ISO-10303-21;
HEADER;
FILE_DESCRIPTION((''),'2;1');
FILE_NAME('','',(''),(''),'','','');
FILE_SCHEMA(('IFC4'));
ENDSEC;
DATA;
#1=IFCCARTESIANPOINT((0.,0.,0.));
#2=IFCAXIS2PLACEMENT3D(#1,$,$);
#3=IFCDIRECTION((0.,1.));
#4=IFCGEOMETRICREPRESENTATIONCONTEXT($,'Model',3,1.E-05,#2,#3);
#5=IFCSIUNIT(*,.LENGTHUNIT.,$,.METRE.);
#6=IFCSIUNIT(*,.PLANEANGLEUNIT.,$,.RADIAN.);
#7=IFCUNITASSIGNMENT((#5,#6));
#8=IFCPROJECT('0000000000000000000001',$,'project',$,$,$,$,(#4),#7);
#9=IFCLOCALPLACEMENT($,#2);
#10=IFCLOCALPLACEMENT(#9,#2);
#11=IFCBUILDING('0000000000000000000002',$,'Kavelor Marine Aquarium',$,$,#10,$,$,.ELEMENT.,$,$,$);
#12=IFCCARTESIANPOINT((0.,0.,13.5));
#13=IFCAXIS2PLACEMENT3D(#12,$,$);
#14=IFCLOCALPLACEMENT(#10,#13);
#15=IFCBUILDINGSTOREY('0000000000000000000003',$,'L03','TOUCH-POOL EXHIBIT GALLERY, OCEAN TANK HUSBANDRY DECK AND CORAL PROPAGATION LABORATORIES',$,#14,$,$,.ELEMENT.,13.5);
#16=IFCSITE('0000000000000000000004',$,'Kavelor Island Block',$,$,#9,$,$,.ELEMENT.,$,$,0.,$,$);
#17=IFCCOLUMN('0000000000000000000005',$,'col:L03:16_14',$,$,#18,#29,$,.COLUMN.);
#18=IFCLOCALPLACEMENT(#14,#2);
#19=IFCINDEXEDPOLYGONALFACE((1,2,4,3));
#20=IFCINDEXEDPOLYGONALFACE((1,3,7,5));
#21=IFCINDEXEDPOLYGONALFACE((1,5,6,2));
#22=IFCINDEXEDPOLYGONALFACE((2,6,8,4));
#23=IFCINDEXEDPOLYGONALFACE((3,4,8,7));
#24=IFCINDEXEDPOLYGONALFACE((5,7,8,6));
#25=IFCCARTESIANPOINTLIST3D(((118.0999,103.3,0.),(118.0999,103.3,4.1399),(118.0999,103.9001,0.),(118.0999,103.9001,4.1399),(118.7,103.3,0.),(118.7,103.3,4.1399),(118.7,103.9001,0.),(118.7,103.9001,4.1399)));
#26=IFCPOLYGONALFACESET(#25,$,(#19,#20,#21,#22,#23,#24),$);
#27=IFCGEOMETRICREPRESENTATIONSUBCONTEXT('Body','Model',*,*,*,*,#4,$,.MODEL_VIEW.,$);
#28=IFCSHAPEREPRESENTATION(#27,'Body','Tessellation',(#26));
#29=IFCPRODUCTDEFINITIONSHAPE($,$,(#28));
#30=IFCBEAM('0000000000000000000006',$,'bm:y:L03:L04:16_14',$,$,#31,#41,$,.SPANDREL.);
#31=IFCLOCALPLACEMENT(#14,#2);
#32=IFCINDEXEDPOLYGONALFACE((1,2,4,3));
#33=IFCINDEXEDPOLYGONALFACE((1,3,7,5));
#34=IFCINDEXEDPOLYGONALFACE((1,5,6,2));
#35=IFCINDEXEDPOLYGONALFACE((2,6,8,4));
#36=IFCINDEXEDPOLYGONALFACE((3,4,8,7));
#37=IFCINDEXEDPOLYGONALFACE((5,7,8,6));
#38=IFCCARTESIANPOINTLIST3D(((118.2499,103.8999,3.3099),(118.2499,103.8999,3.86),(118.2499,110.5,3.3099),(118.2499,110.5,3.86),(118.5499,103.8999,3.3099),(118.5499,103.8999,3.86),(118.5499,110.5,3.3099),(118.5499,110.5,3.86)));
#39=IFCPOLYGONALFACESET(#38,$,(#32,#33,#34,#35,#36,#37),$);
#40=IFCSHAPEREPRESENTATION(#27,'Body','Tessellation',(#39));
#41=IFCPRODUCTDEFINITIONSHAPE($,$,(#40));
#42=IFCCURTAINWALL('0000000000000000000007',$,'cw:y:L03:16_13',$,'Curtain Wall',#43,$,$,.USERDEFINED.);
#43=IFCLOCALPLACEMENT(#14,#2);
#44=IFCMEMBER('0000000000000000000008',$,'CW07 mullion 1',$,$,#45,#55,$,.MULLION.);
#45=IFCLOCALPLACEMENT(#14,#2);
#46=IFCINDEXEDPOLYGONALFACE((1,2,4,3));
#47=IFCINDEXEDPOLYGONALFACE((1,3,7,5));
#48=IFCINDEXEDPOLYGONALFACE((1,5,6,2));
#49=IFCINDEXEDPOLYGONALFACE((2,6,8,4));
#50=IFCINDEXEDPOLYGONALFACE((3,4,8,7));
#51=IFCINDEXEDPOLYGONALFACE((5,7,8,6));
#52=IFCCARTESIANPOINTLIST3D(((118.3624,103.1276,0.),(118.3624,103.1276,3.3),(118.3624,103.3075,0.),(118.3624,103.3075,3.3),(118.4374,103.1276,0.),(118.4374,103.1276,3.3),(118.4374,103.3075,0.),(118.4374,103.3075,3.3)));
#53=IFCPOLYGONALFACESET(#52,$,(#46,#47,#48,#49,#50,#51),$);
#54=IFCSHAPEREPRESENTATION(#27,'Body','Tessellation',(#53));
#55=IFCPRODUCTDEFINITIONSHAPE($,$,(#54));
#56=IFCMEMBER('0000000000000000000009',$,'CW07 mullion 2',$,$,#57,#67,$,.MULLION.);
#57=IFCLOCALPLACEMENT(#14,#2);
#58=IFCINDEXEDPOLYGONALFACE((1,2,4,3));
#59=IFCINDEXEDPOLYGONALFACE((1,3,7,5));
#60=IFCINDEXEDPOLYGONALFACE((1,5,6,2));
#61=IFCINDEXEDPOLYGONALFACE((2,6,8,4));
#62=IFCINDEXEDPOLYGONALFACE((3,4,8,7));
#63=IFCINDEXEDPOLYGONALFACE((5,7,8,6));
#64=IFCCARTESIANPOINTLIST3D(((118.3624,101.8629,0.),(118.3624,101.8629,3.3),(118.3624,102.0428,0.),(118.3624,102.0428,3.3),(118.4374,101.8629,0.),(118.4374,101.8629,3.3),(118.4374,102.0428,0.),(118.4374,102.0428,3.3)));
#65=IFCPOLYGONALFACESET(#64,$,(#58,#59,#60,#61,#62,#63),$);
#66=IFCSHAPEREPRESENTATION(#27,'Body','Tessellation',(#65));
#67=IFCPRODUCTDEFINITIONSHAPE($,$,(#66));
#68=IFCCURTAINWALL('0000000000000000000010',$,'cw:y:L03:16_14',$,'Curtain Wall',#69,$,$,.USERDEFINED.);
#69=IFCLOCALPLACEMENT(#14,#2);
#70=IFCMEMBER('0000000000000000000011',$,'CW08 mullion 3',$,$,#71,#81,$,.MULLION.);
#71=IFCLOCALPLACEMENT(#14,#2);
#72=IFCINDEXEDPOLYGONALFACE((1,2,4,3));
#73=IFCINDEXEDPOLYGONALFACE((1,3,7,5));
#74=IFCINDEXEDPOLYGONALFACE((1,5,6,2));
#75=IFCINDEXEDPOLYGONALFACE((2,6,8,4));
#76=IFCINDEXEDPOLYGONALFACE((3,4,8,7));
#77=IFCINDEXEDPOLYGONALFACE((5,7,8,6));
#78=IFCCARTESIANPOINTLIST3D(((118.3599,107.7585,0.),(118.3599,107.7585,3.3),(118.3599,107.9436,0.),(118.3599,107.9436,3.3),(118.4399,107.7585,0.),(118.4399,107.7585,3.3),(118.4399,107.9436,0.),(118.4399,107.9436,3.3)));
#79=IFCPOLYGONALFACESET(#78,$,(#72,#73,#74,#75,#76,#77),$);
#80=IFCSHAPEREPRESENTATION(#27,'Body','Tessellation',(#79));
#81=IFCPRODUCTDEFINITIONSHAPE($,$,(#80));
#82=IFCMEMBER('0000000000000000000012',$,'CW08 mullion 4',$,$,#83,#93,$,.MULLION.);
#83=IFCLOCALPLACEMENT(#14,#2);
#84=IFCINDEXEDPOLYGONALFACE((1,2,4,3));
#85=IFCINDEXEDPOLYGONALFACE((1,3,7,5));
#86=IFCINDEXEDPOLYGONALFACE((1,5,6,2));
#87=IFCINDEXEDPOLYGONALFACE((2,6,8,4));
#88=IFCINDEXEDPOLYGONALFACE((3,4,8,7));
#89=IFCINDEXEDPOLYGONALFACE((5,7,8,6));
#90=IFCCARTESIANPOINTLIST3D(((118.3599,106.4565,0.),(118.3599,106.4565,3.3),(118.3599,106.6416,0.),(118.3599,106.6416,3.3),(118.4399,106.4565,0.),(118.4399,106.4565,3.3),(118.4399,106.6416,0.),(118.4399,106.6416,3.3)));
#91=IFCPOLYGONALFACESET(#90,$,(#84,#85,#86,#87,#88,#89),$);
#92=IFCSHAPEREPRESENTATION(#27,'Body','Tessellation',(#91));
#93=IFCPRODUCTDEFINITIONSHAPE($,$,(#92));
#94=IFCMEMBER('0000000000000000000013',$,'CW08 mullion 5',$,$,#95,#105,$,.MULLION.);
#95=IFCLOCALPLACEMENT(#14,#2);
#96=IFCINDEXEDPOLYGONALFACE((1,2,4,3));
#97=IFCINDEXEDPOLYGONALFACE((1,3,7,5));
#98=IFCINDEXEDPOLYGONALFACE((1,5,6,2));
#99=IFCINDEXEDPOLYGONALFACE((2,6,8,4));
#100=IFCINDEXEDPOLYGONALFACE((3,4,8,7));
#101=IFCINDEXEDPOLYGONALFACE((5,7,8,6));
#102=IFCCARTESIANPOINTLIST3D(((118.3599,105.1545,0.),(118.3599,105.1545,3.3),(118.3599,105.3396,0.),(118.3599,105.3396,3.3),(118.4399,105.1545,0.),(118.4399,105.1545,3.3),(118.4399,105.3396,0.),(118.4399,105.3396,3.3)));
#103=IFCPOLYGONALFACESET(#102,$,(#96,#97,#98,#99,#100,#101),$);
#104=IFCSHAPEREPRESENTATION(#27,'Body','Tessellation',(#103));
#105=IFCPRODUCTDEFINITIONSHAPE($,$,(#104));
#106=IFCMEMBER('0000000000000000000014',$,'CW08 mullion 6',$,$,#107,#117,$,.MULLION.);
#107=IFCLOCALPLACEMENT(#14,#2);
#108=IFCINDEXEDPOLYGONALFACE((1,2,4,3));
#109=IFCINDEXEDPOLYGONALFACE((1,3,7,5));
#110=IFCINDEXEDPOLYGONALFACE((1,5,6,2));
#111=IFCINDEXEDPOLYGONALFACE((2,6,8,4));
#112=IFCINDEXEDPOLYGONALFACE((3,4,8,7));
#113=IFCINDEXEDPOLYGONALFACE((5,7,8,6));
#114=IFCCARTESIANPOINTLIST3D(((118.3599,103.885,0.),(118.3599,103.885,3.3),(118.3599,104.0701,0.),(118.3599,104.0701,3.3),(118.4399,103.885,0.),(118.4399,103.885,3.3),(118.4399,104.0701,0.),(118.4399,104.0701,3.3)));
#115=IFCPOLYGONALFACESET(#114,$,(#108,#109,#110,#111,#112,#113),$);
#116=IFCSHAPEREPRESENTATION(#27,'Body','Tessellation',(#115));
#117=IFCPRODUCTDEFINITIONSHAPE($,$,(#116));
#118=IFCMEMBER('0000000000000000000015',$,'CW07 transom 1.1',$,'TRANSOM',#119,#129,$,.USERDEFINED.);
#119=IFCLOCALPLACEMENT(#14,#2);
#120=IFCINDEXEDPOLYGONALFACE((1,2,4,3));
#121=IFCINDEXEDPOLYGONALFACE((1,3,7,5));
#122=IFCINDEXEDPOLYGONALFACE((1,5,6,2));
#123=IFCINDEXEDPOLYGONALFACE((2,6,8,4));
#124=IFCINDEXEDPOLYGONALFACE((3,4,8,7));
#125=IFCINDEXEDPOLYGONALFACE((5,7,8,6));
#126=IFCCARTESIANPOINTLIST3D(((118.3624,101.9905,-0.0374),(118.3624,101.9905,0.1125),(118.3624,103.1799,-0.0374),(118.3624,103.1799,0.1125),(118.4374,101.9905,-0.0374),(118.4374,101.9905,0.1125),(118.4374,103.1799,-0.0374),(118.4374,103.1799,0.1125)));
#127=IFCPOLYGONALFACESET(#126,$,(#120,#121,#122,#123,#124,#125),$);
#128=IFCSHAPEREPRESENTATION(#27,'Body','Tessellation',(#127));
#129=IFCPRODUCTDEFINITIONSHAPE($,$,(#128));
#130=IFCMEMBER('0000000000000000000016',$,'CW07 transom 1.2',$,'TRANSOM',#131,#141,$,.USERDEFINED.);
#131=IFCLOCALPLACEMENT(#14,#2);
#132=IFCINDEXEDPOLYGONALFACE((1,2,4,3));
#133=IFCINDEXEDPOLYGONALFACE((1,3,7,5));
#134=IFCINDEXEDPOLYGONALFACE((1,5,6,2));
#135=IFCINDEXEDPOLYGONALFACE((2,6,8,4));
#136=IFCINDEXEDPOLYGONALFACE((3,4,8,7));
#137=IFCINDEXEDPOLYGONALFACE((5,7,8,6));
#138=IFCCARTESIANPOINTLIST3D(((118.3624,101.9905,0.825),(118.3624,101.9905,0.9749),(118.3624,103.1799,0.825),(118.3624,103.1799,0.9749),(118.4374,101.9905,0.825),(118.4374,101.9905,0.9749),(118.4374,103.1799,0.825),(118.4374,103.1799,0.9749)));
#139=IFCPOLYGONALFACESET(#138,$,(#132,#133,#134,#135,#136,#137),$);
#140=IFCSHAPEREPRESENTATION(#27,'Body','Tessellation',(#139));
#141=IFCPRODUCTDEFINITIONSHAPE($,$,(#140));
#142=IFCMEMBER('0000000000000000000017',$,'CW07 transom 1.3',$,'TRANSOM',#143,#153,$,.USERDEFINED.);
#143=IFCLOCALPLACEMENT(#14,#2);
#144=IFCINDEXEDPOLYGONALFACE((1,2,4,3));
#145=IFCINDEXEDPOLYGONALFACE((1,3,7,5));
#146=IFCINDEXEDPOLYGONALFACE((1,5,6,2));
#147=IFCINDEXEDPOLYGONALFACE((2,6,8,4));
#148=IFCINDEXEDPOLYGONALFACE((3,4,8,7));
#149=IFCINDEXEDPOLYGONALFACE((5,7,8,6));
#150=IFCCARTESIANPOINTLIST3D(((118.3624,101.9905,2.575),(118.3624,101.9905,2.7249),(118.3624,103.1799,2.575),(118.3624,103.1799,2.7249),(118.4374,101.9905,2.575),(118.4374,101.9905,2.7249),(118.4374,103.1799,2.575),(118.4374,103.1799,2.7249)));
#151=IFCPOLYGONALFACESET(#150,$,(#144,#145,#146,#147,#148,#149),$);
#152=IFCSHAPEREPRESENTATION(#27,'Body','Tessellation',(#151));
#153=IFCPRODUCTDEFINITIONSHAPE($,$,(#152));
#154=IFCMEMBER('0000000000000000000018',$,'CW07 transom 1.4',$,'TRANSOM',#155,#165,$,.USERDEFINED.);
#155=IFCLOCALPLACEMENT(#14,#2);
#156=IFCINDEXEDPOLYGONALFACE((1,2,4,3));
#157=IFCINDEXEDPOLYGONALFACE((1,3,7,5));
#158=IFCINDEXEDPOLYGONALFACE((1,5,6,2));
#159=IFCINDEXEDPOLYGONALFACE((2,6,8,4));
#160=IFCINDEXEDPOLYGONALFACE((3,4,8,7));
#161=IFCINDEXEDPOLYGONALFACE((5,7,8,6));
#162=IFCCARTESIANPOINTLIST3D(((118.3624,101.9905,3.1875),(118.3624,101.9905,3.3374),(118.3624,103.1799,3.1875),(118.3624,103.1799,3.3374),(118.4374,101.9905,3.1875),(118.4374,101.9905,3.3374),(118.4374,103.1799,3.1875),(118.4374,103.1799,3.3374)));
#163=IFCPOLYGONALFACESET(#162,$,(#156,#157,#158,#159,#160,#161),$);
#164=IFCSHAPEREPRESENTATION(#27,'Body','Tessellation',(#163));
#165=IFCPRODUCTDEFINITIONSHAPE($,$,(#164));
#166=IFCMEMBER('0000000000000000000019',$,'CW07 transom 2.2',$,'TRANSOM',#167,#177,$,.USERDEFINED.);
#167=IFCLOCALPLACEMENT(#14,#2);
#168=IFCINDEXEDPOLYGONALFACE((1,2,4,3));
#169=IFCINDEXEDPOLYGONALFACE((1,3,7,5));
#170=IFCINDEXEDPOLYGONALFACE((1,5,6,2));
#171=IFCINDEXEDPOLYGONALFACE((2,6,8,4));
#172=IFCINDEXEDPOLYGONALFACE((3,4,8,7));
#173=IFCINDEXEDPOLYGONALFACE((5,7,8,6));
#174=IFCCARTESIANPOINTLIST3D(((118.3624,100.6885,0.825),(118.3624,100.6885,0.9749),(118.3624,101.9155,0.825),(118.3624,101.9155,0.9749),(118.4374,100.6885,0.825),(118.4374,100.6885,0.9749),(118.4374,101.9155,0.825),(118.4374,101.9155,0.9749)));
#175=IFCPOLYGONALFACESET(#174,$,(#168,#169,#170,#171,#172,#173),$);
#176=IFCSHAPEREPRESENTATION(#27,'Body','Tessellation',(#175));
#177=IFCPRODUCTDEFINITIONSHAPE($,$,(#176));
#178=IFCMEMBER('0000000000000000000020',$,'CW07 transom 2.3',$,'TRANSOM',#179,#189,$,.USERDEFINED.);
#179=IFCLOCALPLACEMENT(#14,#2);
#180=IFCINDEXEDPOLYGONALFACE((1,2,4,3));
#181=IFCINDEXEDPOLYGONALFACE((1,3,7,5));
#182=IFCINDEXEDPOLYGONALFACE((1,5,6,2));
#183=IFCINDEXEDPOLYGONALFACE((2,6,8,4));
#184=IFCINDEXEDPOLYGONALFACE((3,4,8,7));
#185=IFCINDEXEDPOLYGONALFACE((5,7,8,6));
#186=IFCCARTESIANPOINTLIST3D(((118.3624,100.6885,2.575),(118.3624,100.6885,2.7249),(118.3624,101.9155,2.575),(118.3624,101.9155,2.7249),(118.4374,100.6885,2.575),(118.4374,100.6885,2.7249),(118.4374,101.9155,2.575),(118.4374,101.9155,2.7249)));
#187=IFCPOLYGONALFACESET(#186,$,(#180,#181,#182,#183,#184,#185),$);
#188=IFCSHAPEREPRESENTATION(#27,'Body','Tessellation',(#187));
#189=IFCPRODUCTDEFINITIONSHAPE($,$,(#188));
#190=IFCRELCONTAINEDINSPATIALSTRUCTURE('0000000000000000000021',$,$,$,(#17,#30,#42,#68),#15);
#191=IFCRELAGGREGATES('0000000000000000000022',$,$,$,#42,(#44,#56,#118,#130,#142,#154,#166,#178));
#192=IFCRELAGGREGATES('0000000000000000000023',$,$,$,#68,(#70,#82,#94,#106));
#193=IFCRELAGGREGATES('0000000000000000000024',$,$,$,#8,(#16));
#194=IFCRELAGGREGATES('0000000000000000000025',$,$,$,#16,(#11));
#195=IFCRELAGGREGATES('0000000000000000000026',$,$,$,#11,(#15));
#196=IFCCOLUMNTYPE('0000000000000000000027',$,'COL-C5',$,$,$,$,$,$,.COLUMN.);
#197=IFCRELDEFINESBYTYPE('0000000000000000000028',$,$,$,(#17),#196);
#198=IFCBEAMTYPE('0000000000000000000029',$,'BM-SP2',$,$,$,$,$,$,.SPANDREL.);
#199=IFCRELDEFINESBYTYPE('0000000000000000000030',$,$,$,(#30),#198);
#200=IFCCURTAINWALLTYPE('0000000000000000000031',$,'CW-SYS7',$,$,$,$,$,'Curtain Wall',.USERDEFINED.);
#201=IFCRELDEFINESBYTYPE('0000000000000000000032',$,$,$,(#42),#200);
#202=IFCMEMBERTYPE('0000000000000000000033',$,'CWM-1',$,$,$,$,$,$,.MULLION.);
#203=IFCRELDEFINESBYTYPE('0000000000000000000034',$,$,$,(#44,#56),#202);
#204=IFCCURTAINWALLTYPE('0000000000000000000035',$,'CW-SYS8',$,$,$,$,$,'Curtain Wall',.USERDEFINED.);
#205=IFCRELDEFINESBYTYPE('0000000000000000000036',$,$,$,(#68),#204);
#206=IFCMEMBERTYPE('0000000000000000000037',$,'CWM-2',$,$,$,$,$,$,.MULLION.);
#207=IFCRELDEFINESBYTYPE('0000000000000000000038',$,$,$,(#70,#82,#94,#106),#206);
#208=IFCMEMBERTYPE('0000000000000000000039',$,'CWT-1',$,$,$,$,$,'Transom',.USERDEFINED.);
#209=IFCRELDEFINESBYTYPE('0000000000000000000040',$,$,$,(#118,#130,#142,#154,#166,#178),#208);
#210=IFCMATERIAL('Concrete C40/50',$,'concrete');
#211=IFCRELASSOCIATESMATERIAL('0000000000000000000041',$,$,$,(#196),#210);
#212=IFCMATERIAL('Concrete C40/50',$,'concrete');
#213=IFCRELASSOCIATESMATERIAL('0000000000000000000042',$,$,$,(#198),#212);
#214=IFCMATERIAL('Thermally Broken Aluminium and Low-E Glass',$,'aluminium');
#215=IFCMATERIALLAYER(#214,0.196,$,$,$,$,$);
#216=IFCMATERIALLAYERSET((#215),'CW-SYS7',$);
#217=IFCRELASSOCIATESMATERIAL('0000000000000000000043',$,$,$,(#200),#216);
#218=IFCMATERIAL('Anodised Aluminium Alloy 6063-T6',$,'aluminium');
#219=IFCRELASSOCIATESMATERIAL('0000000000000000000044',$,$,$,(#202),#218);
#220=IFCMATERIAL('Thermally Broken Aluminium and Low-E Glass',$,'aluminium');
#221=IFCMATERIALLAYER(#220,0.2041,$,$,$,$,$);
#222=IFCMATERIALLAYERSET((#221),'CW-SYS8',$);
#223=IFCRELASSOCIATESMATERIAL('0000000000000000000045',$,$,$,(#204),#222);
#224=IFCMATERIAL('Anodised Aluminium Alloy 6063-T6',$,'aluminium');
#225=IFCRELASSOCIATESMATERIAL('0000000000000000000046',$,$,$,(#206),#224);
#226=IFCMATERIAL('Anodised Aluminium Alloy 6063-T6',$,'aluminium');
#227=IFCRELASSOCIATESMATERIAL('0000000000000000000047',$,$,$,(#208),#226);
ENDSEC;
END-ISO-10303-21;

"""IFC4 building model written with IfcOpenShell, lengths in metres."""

from ifc_helpers import new_model, si_unit, direction, frame, origin, origin_2d, place, context, subcontext, project, spatial, rectangle, extrude, material, layer, layer_set, material_profile, profile_set, type_object, element, aggregate, save


model = new_model("IFC4")

# Units and contexts
model_context = context("Model", 3, precision=1e-05, world=origin(), true_north=direction((0.0, 1.0)))
body_context = subcontext(model_context, "Body", "Model", "MODEL_VIEW")
ifc_project = project(units=[si_unit("LENGTHUNIT", "METRE"), si_unit("PLANEANGLEUNIT", "RADIAN")], contexts=[model_context])

# Site, building, storey
site_placement = place(None, origin())
site = spatial("IfcSite", under=ifc_project, at=site_placement, Name="Kavelor Island Block", CompositionType="ELEMENT", RefElevation=0.0)
building_placement = place(site_placement, origin())
building = spatial("IfcBuilding", under=site, at=building_placement, Name="Kavelor Marine Aquarium", CompositionType="ELEMENT")
storey_placement = place(building_placement, frame((0.0, 0.0, 13.5)))
storey = spatial("IfcBuildingStorey", under=building, at=storey_placement, Name="L03", Description="TOUCH-POOL EXHIBIT GALLERY, OCEAN TANK HUSBANDRY DECK AND CORAL PROPAGATION LABORATORIES", CompositionType="ELEMENT", Elevation=13.5)

# Column
ifc_material_1 = material(Name="Concrete C40/50", Category="concrete")
ifc_material_profile_1 = material_profile(ifc_material_1, rectangle(XDim=0.6001, YDim=0.6001, at=origin_2d()), Name="RC-COL 600x600")
ifc_profile_set_1 = profile_set([ifc_material_profile_1], Name="Concrete C40/50")
column_type = type_object("IfcColumnType", Name="COL-C5", PredefinedType="COLUMN", material=ifc_profile_set_1)
column_placement = place(storey_placement, frame((118.3999, 103.6001, 0.0), z_axis=(0.0, 0.0, 1.0), x_axis=(1.0, 0.0, 0.0)))
element("IfcColumn", 1, at=column_placement, inside=storey, type_object=column_type, Name="col:L03:16_14", PredefinedType="COLUMN", context=body_context, shape_type="SweptSolid", body=[
    extrude(rectangle(XDim=0.6001, YDim=0.6001, at=origin_2d()), origin(), (0.0, 0.0, 1.0), 4.1399),
])

# Beam
ifc_material_2 = material(Name="Concrete C40/50", Category="concrete")
ifc_material_profile_2 = material_profile(ifc_material_2, rectangle(XDim=0.3, YDim=0.55, at=origin_2d()), Name="RC-SP 300x550")
ifc_profile_set_2 = profile_set([ifc_material_profile_2], Name="Concrete C40/50")
beam_type = type_object("IfcBeamType", Name="BM-SP2", PredefinedType="SPANDREL", material=ifc_profile_set_2)
beam_placement = place(storey_placement, frame((118.3999, 103.8999, 3.585), z_axis=(0.0, 1.0, 0.0), x_axis=(-1.0, 0.0, 0.0)))
element("IfcBeam", 2, at=beam_placement, inside=storey, type_object=beam_type, Name="bm:y:L03:L04:16_14", PredefinedType="SPANDREL", context=body_context, shape_type="SweptSolid", body=[
    extrude(rectangle(XDim=0.3, YDim=0.55, at=origin_2d()), origin(), (0.0, 0.0, 1.0), 6.6001),
])

# Curtain walls, members
ifc_material_3 = material(Name="Thermally Broken Aluminium and Low-E Glass", Category="aluminium")
ifc_layer_1 = layer(ifc_material_3, 0.196)
ifc_layer_set_1 = layer_set([ifc_layer_1], Name="CW-SYS7")
curtain_wall_type_1 = type_object("IfcCurtainWallType", Name="CW-SYS7", ElementType="Curtain Wall", PredefinedType="USERDEFINED", material=ifc_layer_set_1)
curtain_wall_1_placement = place(storey_placement, origin())
curtain_wall_1 = element("IfcCurtainWall", 3, at=curtain_wall_1_placement, inside=storey, type_object=curtain_wall_type_1, Name="cw:y:L03:16_13", ObjectType="Curtain Wall", PredefinedType="USERDEFINED")
ifc_material_4 = material(Name="Anodised Aluminium Alloy 6063-T6", Category="aluminium")
ifc_material_profile_3 = material_profile(ifc_material_4, rectangle(XDim=0.075, YDim=0.1799, at=origin_2d()), Name="CW-MUL 75x180")
ifc_profile_set_3 = profile_set([ifc_material_profile_3], Name="Anodised Aluminium Alloy 6063-T6")
member_type_1 = type_object("IfcMemberType", Name="CWM-1", PredefinedType="MULLION", material=ifc_profile_set_3)
member_1_placement = place(storey_placement, frame((118.3999, 103.2175, 0.0), z_axis=(0.0, 0.0, 1.0), x_axis=(1.0, 0.0, 0.0)))
member_1 = element("IfcMember", 4, at=member_1_placement, type_object=member_type_1, Name="CW07 mullion 1", PredefinedType="MULLION", context=body_context, shape_type="SweptSolid", body=[
    extrude(rectangle(XDim=0.075, YDim=0.1799, at=origin_2d()), origin(), (0.0, 0.0, 1.0), 3.3),
])
member_2_placement = place(storey_placement, frame((118.3999, 101.9529, 0.0), z_axis=(0.0, 0.0, 1.0), x_axis=(1.0, 0.0, 0.0)))
member_2 = element("IfcMember", 5, at=member_2_placement, type_object=member_type_1, Name="CW07 mullion 2", PredefinedType="MULLION", context=body_context, shape_type="SweptSolid", body=[
    extrude(rectangle(XDim=0.075, YDim=0.1799, at=origin_2d()), origin(), (0.0, 0.0, 1.0), 3.3),
])
ifc_material_5 = material(Name="Thermally Broken Aluminium and Low-E Glass", Category="aluminium")
ifc_layer_2 = layer(ifc_material_5, 0.2041)
ifc_layer_set_2 = layer_set([ifc_layer_2], Name="CW-SYS8")
curtain_wall_type_2 = type_object("IfcCurtainWallType", Name="CW-SYS8", ElementType="Curtain Wall", PredefinedType="USERDEFINED", material=ifc_layer_set_2)
curtain_wall_2_placement = place(storey_placement, origin())
curtain_wall_2 = element("IfcCurtainWall", 6, at=curtain_wall_2_placement, inside=storey, type_object=curtain_wall_type_2, Name="cw:y:L03:16_14", ObjectType="Curtain Wall", PredefinedType="USERDEFINED")
ifc_material_6 = material(Name="Anodised Aluminium Alloy 6063-T6", Category="aluminium")
ifc_material_profile_4 = material_profile(ifc_material_6, rectangle(XDim=0.0801, YDim=0.1851, at=origin_2d()), Name="CW-MUL 80x185")
ifc_profile_set_4 = profile_set([ifc_material_profile_4], Name="Anodised Aluminium Alloy 6063-T6")
member_type_2 = type_object("IfcMemberType", Name="CWM-2", PredefinedType="MULLION", material=ifc_profile_set_4)
member_3_placement = place(storey_placement, frame((118.3999, 107.8511, 0.0), z_axis=(0.0, 0.0, 1.0), x_axis=(1.0, 0.0, 0.0)))
member_3 = element("IfcMember", 7, at=member_3_placement, type_object=member_type_2, Name="CW08 mullion 3", PredefinedType="MULLION", context=body_context, shape_type="SweptSolid", body=[
    extrude(rectangle(XDim=0.0801, YDim=0.1851, at=origin_2d()), origin(), (0.0, 0.0, 1.0), 3.3),
])
member_4_placement = place(storey_placement, frame((118.3999, 106.5491, 0.0), z_axis=(0.0, 0.0, 1.0), x_axis=(1.0, 0.0, 0.0)))
member_4 = element("IfcMember", 8, at=member_4_placement, type_object=member_type_2, Name="CW08 mullion 4", PredefinedType="MULLION", context=body_context, shape_type="SweptSolid", body=[
    extrude(rectangle(XDim=0.0801, YDim=0.1851, at=origin_2d()), origin(), (0.0, 0.0, 1.0), 3.3),
])
member_5_placement = place(storey_placement, frame((118.3999, 105.2471, 0.0), z_axis=(0.0, 0.0, 1.0), x_axis=(1.0, 0.0, 0.0)))
member_5 = element("IfcMember", 9, at=member_5_placement, type_object=member_type_2, Name="CW08 mullion 5", PredefinedType="MULLION", context=body_context, shape_type="SweptSolid", body=[
    extrude(rectangle(XDim=0.0801, YDim=0.1851, at=origin_2d()), origin(), (0.0, 0.0, 1.0), 3.3),
])
member_6_placement = place(storey_placement, frame((118.3999, 103.9775, 0.0), z_axis=(0.0, 0.0, 1.0), x_axis=(1.0, 0.0, 0.0)))
member_6 = element("IfcMember", 10, at=member_6_placement, type_object=member_type_2, Name="CW08 mullion 6", PredefinedType="MULLION", context=body_context, shape_type="SweptSolid", body=[
    extrude(rectangle(XDim=0.0801, YDim=0.1851, at=origin_2d()), origin(), (0.0, 0.0, 1.0), 3.3),
])

# Members
ifc_material_7 = material(Name="Anodised Aluminium Alloy 6063-T6", Category="aluminium")
ifc_material_profile_5 = material_profile(ifc_material_7, rectangle(XDim=0.075, YDim=0.1499, at=origin_2d()), Name="CW-TRN 75x150")
ifc_profile_set_5 = profile_set([ifc_material_profile_5], Name="Anodised Aluminium Alloy 6063-T6")
member_type_3 = type_object("IfcMemberType", Name="CWT-1", ElementType="Transom", PredefinedType="USERDEFINED", material=ifc_profile_set_5)
member_7_placement = place(storey_placement, frame((118.3999, 103.1799, 0.0376), z_axis=(0.0, -1.0, 0.0), x_axis=(1.0, 0.0, 0.0)))
member_7 = element("IfcMember", 11, at=member_7_placement, type_object=member_type_3, Name="CW07 transom 1.1", ObjectType="TRANSOM", PredefinedType="USERDEFINED", context=body_context, shape_type="SweptSolid", body=[
    extrude(rectangle(XDim=0.075, YDim=0.1499, at=origin_2d()), origin(), (0.0, 0.0, 1.0), 1.1895),
])
member_8_placement = place(storey_placement, frame((118.3999, 103.1799, 0.8999), z_axis=(0.0, -1.0, 0.0), x_axis=(1.0, 0.0, 0.0)))
member_8 = element("IfcMember", 12, at=member_8_placement, type_object=member_type_3, Name="CW07 transom 1.2", ObjectType="TRANSOM", PredefinedType="USERDEFINED", context=body_context, shape_type="SweptSolid", body=[
    extrude(rectangle(XDim=0.075, YDim=0.1499, at=origin_2d()), origin(), (0.0, 0.0, 1.0), 1.1895),
])
member_9_placement = place(storey_placement, frame((118.3999, 103.1799, 2.6499), z_axis=(0.0, -1.0, 0.0), x_axis=(1.0, 0.0, 0.0)))
member_9 = element("IfcMember", 13, at=member_9_placement, type_object=member_type_3, Name="CW07 transom 1.3", ObjectType="TRANSOM", PredefinedType="USERDEFINED", context=body_context, shape_type="SweptSolid", body=[
    extrude(rectangle(XDim=0.075, YDim=0.1499, at=origin_2d()), origin(), (0.0, 0.0, 1.0), 1.1895),
])
member_10_placement = place(storey_placement, frame((118.3999, 103.1799, 3.2625), z_axis=(0.0, -1.0, 0.0), x_axis=(1.0, 0.0, 0.0)))
member_10 = element("IfcMember", 14, at=member_10_placement, type_object=member_type_3, Name="CW07 transom 1.4", ObjectType="TRANSOM", PredefinedType="USERDEFINED", context=body_context, shape_type="SweptSolid", body=[
    extrude(rectangle(XDim=0.075, YDim=0.1499, at=origin_2d()), origin(), (0.0, 0.0, 1.0), 1.1895),
])
member_11_placement = place(storey_placement, frame((118.3999, 101.9155, 0.8999), z_axis=(0.0, -1.0, 0.0), x_axis=(1.0, 0.0, 0.0)))
member_11 = element("IfcMember", 15, at=member_11_placement, type_object=member_type_3, Name="CW07 transom 2.2", ObjectType="TRANSOM", PredefinedType="USERDEFINED", context=body_context, shape_type="SweptSolid", body=[
    extrude(rectangle(XDim=0.075, YDim=0.1499, at=origin_2d()), origin(), (0.0, 0.0, 1.0), 1.2271),
])
member_12_placement = place(storey_placement, frame((118.3999, 101.9155, 2.6499), z_axis=(0.0, -1.0, 0.0), x_axis=(1.0, 0.0, 0.0)))
member_12 = element("IfcMember", 16, at=member_12_placement, type_object=member_type_3, Name="CW07 transom 2.3", ObjectType="TRANSOM", PredefinedType="USERDEFINED", context=body_context, shape_type="SweptSolid", body=[
    extrude(rectangle(XDim=0.075, YDim=0.1499, at=origin_2d()), origin(), (0.0, 0.0, 1.0), 1.2271),
])

aggregate(curtain_wall_1, [member_1, member_2, member_7, member_8, member_9, member_10, member_11, member_12])
aggregate(curtain_wall_2, [member_3, member_4, member_5, member_6])

save(model, "model.ifc")
